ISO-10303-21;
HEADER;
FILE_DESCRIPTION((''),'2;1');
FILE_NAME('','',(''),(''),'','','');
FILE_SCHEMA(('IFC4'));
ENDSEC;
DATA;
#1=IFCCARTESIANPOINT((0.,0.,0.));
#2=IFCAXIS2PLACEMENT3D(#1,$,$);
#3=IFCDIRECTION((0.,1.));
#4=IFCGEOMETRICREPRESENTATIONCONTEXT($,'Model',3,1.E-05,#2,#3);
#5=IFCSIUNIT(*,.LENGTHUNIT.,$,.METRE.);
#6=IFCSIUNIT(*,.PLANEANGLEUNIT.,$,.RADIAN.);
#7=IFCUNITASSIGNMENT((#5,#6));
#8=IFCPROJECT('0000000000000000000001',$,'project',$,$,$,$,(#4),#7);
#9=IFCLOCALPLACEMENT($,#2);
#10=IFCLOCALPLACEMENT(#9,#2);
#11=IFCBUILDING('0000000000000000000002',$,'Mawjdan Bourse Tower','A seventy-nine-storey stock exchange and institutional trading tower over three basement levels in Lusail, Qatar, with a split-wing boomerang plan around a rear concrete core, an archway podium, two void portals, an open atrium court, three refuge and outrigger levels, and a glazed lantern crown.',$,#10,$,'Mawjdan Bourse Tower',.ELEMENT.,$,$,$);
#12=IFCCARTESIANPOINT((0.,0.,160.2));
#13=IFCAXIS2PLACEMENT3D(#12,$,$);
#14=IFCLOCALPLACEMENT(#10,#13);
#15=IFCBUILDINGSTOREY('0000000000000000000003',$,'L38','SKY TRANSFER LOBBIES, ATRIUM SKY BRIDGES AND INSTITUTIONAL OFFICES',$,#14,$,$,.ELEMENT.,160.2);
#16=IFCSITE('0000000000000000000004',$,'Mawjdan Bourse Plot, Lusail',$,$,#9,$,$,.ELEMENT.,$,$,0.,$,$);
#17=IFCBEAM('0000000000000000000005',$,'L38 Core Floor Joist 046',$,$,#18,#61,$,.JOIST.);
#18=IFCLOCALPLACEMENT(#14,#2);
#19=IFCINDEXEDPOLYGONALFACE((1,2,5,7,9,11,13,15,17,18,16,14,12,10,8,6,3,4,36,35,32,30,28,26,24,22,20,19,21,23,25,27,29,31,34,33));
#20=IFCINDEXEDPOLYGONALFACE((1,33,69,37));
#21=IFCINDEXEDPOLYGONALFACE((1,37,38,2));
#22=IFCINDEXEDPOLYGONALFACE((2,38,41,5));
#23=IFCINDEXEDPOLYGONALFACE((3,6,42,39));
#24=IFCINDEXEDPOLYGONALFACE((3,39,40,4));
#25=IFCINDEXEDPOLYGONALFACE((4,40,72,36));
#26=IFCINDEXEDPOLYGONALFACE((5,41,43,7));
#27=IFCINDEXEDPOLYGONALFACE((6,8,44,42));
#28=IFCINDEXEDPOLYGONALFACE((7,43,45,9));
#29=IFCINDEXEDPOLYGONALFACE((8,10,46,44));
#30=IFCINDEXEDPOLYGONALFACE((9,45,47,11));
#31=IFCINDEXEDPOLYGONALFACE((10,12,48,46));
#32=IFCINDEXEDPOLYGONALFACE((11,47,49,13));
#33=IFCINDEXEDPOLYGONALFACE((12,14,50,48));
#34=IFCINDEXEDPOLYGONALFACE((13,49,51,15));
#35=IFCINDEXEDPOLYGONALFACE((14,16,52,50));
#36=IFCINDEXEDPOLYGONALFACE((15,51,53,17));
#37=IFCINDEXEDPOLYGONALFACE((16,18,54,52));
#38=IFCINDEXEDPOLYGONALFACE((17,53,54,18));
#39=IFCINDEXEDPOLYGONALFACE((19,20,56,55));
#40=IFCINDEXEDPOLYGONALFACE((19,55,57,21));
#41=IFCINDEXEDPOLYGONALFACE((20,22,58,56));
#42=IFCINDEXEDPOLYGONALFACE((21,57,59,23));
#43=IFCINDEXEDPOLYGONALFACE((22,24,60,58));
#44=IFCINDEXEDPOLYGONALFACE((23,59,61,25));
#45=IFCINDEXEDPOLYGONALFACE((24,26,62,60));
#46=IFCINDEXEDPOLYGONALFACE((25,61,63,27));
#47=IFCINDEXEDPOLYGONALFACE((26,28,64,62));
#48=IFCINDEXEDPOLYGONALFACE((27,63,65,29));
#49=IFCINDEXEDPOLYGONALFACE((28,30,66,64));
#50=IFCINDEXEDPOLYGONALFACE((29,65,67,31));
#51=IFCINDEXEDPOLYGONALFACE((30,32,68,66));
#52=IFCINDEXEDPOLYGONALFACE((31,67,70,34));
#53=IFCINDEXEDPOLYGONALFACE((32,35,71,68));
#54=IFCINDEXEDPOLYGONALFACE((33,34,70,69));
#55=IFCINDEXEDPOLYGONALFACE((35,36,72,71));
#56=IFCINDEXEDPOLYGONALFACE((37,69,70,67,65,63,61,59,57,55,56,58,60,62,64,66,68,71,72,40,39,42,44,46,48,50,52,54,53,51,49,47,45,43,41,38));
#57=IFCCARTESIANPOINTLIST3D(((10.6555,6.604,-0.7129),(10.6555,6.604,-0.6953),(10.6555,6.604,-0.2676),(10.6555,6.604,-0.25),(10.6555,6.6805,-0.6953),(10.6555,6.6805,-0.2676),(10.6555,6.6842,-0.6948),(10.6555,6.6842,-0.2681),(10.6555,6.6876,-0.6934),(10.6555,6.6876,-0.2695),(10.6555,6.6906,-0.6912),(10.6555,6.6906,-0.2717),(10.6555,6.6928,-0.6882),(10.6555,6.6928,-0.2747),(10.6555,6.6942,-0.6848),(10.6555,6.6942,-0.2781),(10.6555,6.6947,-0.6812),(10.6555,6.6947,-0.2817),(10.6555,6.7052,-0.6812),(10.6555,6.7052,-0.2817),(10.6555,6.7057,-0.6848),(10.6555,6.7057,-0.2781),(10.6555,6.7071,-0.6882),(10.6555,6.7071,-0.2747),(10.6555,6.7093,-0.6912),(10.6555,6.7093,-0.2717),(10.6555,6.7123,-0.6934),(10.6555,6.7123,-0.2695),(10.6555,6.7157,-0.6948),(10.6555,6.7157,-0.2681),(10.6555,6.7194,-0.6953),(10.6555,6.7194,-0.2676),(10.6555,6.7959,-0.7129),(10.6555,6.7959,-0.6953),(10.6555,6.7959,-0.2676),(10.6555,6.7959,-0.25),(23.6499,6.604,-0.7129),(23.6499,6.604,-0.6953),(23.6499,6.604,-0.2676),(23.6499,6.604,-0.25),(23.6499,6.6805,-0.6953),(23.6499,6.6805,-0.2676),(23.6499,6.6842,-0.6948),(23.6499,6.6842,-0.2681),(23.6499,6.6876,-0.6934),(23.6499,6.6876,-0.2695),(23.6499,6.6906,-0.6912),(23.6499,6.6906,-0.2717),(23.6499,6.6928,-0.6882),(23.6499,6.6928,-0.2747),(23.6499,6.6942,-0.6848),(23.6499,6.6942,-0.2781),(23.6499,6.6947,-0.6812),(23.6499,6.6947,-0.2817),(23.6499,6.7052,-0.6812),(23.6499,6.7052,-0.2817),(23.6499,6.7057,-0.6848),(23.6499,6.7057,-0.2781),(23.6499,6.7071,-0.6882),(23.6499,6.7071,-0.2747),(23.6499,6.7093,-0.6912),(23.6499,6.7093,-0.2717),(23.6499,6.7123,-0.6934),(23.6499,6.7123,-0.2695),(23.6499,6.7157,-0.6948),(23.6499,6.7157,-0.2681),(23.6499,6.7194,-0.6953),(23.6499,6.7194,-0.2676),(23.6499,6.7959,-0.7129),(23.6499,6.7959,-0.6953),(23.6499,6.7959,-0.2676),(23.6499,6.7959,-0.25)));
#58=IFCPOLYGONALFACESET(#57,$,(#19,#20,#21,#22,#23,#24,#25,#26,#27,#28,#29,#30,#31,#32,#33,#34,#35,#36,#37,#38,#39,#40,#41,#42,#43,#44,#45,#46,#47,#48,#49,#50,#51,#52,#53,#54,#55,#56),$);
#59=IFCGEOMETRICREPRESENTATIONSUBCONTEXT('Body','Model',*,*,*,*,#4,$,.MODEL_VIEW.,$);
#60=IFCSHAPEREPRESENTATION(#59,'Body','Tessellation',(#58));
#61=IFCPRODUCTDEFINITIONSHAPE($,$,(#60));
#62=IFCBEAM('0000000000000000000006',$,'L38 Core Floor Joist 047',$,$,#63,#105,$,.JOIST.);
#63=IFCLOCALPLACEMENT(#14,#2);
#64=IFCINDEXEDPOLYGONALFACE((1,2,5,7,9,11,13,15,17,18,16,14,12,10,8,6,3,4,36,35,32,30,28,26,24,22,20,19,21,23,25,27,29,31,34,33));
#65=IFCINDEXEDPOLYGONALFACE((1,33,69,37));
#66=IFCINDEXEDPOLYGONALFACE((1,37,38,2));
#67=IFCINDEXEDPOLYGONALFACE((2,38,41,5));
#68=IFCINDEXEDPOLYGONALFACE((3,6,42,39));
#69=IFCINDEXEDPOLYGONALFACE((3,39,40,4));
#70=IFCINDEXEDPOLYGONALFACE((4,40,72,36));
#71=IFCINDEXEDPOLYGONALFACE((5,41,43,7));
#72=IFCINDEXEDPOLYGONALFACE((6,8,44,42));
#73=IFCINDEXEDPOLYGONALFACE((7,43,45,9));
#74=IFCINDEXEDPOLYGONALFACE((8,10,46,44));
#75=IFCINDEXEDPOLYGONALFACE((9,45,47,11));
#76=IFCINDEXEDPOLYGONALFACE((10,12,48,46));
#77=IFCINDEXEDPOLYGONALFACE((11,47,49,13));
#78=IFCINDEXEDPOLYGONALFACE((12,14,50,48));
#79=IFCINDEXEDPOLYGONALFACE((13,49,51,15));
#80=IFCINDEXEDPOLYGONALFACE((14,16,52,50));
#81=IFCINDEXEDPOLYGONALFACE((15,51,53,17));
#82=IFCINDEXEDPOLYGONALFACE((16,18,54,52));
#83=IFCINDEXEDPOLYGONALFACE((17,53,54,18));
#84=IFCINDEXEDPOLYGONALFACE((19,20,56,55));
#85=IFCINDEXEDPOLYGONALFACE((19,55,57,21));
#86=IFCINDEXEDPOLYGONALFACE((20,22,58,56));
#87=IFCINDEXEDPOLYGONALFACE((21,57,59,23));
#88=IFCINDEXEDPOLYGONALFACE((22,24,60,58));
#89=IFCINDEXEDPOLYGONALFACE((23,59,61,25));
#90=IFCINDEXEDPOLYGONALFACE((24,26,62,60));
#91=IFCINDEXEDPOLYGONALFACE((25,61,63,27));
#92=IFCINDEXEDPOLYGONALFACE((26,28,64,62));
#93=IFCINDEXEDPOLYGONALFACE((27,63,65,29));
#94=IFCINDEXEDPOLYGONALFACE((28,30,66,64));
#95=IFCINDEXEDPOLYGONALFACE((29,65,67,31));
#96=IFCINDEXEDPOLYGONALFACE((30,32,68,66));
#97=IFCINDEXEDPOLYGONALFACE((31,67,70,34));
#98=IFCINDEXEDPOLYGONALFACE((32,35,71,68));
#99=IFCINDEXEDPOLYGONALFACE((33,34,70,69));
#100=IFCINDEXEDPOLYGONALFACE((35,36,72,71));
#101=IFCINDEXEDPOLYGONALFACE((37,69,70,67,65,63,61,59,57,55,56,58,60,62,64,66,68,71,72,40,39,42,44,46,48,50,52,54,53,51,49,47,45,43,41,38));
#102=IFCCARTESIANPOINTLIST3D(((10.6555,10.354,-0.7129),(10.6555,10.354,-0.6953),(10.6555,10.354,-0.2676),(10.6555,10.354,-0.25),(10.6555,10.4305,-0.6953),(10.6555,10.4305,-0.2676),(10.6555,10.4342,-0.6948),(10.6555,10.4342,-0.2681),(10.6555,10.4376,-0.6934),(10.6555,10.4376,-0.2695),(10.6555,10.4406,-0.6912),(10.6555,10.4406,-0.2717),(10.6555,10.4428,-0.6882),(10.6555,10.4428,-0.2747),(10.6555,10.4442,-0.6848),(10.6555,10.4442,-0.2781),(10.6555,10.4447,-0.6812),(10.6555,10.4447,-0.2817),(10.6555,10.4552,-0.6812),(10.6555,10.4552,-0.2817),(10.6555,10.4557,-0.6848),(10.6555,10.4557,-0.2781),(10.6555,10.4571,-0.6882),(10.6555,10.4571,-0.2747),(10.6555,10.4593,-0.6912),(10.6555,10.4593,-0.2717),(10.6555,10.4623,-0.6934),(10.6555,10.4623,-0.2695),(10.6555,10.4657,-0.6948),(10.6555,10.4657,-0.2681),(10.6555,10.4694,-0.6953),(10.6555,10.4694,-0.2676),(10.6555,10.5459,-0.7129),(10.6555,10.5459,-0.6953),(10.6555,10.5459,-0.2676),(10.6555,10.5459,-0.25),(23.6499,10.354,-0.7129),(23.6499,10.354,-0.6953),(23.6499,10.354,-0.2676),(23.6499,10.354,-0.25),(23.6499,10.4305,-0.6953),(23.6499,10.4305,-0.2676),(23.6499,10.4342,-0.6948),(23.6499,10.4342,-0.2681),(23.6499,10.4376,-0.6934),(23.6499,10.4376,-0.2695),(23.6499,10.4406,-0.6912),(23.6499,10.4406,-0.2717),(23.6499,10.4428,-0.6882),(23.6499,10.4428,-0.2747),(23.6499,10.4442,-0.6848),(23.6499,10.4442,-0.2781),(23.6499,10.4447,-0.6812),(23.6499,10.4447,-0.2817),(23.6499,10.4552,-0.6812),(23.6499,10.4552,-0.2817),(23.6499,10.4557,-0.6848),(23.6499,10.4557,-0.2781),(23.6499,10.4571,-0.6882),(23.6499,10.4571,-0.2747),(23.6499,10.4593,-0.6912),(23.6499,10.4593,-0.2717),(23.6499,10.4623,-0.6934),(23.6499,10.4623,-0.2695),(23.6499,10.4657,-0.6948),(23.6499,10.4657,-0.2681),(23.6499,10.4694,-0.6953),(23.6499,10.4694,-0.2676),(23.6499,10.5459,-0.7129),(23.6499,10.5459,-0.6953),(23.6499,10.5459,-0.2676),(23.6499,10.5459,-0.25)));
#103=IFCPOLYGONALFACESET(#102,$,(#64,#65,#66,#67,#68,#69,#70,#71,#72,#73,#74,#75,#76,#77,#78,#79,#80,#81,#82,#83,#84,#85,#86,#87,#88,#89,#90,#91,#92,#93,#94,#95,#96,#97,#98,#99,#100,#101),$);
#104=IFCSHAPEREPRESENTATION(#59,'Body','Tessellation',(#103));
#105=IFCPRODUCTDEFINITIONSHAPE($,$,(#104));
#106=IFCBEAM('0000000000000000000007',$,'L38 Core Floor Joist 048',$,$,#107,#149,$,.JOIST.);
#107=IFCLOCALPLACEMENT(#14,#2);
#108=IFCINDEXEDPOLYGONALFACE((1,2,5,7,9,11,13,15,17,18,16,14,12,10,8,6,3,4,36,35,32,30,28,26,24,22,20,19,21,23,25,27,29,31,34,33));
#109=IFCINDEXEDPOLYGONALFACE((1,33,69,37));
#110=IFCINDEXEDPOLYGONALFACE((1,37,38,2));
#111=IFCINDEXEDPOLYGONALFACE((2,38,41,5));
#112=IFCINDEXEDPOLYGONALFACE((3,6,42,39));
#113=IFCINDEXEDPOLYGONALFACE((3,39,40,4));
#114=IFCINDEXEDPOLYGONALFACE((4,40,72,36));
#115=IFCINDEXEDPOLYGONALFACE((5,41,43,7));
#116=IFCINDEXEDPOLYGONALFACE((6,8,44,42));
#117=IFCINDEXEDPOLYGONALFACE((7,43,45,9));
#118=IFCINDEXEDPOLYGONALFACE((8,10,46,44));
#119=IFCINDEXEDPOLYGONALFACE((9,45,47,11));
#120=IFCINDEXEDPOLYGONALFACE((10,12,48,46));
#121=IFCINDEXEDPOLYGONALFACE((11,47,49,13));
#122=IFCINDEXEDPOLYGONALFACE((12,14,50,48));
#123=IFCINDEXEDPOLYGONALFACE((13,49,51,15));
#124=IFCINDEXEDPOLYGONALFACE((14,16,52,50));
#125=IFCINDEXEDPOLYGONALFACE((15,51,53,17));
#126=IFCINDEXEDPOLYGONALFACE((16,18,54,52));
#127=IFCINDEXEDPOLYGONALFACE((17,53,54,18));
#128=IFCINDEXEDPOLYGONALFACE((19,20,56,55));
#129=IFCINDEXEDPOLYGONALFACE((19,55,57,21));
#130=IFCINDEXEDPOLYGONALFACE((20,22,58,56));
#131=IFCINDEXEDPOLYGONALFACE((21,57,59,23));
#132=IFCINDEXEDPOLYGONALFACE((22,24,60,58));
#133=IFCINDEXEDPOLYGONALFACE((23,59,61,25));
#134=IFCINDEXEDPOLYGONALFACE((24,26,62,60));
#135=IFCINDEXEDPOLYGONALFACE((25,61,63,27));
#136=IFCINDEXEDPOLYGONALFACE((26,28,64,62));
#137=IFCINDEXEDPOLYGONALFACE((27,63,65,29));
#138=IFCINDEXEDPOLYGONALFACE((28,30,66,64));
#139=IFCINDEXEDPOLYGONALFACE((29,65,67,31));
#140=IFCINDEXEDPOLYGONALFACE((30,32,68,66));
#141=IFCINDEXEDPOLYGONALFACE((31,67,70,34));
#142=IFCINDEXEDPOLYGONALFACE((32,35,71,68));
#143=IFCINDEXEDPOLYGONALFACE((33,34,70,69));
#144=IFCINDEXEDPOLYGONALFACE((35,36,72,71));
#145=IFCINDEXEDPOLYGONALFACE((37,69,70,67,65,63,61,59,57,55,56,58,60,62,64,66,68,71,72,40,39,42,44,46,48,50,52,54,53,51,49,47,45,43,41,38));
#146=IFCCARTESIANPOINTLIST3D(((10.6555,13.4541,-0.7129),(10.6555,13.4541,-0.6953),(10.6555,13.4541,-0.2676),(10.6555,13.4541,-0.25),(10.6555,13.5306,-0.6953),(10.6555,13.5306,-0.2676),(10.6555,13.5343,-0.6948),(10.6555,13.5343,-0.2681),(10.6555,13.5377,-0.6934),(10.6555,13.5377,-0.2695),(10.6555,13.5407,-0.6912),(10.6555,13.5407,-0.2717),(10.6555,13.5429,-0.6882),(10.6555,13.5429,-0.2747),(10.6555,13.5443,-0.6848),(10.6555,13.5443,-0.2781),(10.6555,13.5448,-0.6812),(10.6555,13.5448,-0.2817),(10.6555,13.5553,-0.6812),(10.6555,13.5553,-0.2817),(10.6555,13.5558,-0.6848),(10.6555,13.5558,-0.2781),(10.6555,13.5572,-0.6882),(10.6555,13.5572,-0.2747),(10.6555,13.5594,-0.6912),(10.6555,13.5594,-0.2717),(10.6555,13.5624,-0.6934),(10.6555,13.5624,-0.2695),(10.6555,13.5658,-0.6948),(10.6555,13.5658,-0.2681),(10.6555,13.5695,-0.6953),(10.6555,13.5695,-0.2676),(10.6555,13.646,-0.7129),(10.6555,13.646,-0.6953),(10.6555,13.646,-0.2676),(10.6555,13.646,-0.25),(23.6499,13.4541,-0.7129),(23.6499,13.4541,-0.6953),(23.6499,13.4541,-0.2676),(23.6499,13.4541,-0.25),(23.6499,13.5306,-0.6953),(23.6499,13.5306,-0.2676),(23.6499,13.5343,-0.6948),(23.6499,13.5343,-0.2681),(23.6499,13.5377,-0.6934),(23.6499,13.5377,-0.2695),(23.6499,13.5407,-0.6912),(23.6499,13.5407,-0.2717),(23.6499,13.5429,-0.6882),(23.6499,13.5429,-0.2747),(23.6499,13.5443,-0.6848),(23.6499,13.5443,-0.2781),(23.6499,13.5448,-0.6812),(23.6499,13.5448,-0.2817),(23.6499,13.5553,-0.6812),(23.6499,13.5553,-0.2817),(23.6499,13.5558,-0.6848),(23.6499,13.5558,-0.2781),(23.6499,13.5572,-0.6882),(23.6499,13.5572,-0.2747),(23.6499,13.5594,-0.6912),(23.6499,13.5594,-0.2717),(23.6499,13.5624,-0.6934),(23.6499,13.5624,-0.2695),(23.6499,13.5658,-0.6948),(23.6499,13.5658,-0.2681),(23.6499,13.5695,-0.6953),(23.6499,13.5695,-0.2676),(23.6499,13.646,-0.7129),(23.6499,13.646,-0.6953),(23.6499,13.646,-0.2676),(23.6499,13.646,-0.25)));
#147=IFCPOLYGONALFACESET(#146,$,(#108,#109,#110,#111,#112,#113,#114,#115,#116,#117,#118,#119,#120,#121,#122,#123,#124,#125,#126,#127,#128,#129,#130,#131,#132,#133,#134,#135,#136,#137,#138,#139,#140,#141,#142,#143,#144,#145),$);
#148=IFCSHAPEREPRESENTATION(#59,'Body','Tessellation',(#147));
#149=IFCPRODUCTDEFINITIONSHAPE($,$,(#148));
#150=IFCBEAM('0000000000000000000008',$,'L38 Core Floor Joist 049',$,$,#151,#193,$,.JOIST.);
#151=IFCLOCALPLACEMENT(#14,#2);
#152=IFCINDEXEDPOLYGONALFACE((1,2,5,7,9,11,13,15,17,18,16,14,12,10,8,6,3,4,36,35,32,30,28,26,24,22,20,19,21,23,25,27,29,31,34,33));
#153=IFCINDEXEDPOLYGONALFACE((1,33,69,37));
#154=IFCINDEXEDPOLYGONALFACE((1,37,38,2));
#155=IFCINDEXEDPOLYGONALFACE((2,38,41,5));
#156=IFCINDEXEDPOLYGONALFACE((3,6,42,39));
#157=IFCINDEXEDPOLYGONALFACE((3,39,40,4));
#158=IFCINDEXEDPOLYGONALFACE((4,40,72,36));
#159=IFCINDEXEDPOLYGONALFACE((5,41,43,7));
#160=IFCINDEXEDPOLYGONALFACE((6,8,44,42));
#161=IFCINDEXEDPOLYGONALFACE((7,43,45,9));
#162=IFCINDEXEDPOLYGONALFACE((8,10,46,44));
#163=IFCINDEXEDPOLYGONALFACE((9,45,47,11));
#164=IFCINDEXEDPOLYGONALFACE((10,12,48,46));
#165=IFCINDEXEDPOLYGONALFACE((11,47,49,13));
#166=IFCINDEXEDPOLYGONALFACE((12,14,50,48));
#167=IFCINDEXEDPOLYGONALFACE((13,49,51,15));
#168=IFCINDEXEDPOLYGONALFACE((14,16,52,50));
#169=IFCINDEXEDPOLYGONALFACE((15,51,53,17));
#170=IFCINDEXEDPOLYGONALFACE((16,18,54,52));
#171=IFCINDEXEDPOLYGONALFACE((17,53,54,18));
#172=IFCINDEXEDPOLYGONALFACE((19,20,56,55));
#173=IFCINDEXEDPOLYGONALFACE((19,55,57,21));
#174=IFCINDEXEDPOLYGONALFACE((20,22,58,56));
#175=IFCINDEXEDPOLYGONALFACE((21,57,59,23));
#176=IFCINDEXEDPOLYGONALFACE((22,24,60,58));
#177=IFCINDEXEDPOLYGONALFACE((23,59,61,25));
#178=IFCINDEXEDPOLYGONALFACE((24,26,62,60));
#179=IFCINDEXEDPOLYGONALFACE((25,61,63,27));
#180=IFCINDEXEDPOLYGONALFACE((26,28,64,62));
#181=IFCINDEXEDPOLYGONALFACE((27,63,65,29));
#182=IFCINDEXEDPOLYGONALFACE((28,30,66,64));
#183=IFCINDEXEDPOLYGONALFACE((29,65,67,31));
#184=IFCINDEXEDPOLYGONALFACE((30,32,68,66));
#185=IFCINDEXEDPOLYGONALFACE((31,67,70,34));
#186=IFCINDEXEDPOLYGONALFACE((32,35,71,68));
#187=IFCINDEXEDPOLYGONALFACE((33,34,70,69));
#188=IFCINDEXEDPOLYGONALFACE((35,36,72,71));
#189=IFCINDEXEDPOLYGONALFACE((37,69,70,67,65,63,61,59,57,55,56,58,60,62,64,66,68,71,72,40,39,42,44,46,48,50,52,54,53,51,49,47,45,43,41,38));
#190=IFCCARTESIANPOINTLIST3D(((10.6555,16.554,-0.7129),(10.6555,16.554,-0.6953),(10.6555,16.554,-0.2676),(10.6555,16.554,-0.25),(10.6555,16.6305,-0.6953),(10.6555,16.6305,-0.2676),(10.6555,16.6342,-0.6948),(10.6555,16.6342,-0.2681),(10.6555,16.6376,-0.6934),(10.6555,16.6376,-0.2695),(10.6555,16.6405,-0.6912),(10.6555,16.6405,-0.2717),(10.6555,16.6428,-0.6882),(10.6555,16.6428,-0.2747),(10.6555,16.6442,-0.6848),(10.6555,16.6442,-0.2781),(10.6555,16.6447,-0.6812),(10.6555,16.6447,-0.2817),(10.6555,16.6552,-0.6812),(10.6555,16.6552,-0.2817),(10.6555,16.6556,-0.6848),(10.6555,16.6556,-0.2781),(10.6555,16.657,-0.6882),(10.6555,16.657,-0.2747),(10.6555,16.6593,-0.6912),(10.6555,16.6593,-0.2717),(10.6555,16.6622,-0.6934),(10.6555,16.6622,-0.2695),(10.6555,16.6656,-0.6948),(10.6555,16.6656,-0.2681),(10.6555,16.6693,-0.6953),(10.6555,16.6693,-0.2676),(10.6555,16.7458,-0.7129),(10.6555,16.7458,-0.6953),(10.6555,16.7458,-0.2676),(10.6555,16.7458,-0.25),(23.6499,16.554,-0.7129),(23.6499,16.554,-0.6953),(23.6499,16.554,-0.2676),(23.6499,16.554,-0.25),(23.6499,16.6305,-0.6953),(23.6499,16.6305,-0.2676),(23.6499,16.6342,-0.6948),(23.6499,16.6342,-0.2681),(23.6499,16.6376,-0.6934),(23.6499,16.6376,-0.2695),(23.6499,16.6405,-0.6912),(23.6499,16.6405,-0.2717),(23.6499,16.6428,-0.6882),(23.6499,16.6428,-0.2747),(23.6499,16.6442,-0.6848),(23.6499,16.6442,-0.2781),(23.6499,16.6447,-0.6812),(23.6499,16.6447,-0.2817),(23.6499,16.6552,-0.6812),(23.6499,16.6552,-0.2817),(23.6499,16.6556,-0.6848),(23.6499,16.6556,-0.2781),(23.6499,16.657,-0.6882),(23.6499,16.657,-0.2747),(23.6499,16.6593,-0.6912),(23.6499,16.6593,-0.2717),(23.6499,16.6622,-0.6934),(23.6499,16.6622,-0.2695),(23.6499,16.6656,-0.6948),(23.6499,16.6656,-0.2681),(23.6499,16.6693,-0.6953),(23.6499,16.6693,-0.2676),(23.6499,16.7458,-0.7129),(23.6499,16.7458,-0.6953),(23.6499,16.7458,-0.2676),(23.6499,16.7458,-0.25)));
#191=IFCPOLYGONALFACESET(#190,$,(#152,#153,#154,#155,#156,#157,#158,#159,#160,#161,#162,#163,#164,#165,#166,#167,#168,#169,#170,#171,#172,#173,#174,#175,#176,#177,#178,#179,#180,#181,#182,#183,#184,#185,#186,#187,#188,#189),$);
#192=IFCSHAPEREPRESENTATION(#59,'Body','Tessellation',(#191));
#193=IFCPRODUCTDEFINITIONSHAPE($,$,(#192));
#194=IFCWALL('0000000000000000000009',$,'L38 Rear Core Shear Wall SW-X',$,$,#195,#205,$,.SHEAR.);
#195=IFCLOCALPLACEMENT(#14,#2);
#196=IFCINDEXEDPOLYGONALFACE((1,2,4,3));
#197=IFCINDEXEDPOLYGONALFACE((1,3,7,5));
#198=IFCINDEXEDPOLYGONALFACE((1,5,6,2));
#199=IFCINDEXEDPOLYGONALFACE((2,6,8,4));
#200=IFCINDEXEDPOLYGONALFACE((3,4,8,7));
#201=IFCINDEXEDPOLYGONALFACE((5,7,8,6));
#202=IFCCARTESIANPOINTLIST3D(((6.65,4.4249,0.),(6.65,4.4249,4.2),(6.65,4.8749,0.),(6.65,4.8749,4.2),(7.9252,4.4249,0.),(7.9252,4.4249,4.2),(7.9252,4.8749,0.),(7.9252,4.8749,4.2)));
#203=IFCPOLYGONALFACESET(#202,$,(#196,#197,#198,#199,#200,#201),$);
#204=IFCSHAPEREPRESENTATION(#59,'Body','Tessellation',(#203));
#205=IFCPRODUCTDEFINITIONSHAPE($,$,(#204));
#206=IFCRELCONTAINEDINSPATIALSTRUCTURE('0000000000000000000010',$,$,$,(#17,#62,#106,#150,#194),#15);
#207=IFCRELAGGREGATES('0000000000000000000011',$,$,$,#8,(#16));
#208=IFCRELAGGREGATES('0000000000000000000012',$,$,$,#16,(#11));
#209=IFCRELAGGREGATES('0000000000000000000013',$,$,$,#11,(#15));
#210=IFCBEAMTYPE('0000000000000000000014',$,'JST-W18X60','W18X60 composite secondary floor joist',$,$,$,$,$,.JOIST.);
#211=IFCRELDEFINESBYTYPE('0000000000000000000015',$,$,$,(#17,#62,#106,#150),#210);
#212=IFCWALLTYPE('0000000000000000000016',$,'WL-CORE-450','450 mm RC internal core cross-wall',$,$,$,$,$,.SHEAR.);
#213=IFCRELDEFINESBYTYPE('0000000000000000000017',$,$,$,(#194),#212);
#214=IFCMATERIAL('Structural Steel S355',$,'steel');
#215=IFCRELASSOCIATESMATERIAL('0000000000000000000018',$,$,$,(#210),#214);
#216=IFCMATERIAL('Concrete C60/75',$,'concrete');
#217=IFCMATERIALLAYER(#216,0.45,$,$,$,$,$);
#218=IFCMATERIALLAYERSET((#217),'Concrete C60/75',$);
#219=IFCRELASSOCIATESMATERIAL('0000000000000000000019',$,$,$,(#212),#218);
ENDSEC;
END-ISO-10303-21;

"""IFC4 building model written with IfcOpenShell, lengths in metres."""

from ifc_helpers import new_model, si_unit, direction, frame, frame_2d, origin, origin_2d, place, context, subcontext, project, spatial, rectangle, i_section, extrude, material, layer, layer_set, material_profile, profile_set, type_object, element, save


model = new_model("IFC4")

# Units and contexts
model_context = context("Model", 3, precision=1e-05, world=origin(), true_north=direction((0.0, 1.0)))
body_context = subcontext(model_context, "Body", "Model", "MODEL_VIEW")
ifc_project = project(units=[si_unit("LENGTHUNIT", "METRE"), si_unit("PLANEANGLEUNIT", "RADIAN")], contexts=[model_context])

# Site, building, storey
site_placement = place(None, origin())
site = spatial("IfcSite", under=ifc_project, at=site_placement, Name="Mawjdan Bourse Plot, Lusail", CompositionType="ELEMENT", RefElevation=0.0)
building_placement = place(site_placement, origin())
building = spatial("IfcBuilding", under=site, at=building_placement, Name="Mawjdan Bourse Tower", Description="A seventy-nine-storey stock exchange and institutional trading tower over three basement levels in Lusail, Qatar, with a split-wing boomerang plan around a rear concrete core, an archway podium, two void portals, an open atrium court, three refuge and outrigger levels, and a glazed lantern crown.", LongName="Mawjdan Bourse Tower", CompositionType="ELEMENT")
storey_placement = place(building_placement, frame((0.0, 0.0, 160.2)))
storey = spatial("IfcBuildingStorey", under=building, at=storey_placement, Name="L38", Description="SKY TRANSFER LOBBIES, ATRIUM SKY BRIDGES AND INSTITUTIONAL OFFICES", CompositionType="ELEMENT", Elevation=160.2)

# Beams
ifc_material_1 = material(Name="Structural Steel S355", Category="steel")
ifc_material_profile = material_profile(ifc_material_1, i_section(OverallWidth=0.1919, OverallDepth=0.4629, WebThickness=0.0105, FlangeThickness=0.0176, FilletRadius=0.0142, at=origin_2d()), Name="W18X60")
ifc_profile_set = profile_set([ifc_material_profile], Name="Structural Steel S355")
beam_type = type_object("IfcBeamType", Name="JST-W18X60", Description="W18X60 composite secondary floor joist", PredefinedType="JOIST", material=ifc_profile_set)
for number, where, z_axis, x_axis, name in (
    (1, (10.6555, 6.7, -0.4814), (1.0, 0.0, 0.0), (0.0, 1.0, 0.0), "L38 Core Floor Joist 046"),
    (2, (10.6555, 10.45, -0.4814), (1.0, 0.0, 0.0), (0.0, 1.0, 0.0), "L38 Core Floor Joist 047"),
    (3, (10.6555, 13.55, -0.4814), (1.0, 0.0, 0.0), (0.0, 1.0, 0.0), "L38 Core Floor Joist 048"),
    (4, (10.6555, 16.6499, -0.4814), (1.0, 0.0, 0.0), (0.0, 1.0, 0.0), "L38 Core Floor Joist 049"),
):
    element("IfcBeam", number, at=place(storey_placement, frame(where, z_axis=z_axis, x_axis=x_axis)), inside=storey, type_object=beam_type, Name=name, PredefinedType="JOIST", context=body_context, shape_type="SweptSolid", body=[
        extrude(i_section(OverallWidth=0.1919, OverallDepth=0.4629, WebThickness=0.0105, FlangeThickness=0.0176, FilletRadius=0.0142, at=origin_2d()), origin(), (0.0, 0.0, 1.0), 12.9944),
    ])

# Wall
ifc_material_2 = material(Name="Concrete C60/75", Category="concrete")
ifc_layer_1 = layer(ifc_material_2, 0.45)
ifc_layer_set_1 = layer_set([ifc_layer_1], Name="Concrete C60/75")
wall_type_1 = type_object("IfcWallType", Name="WL-CORE-450", Description="450 mm RC internal core cross-wall", PredefinedType="SHEAR", material=ifc_layer_set_1)
wall_1_placement = place(storey_placement, frame((6.6499, 4.6499, 0.0), z_axis=(0.0, 0.0, 1.0), x_axis=(1.0, 0.0, 0.0)))
element("IfcWall", 5, at=wall_1_placement, inside=storey, type_object=wall_type_1, Name="L38 Rear Core Shear Wall SW-X", PredefinedType="SHEAR", context=body_context, shape_type="SweptSolid", body=[
    extrude(rectangle(XDim=1.2751, YDim=0.45, at=frame_2d((0.6377, 0.0))), origin(), (0.0, 0.0, 1.0), 4.2),
])

save(model, "model.ifc")
